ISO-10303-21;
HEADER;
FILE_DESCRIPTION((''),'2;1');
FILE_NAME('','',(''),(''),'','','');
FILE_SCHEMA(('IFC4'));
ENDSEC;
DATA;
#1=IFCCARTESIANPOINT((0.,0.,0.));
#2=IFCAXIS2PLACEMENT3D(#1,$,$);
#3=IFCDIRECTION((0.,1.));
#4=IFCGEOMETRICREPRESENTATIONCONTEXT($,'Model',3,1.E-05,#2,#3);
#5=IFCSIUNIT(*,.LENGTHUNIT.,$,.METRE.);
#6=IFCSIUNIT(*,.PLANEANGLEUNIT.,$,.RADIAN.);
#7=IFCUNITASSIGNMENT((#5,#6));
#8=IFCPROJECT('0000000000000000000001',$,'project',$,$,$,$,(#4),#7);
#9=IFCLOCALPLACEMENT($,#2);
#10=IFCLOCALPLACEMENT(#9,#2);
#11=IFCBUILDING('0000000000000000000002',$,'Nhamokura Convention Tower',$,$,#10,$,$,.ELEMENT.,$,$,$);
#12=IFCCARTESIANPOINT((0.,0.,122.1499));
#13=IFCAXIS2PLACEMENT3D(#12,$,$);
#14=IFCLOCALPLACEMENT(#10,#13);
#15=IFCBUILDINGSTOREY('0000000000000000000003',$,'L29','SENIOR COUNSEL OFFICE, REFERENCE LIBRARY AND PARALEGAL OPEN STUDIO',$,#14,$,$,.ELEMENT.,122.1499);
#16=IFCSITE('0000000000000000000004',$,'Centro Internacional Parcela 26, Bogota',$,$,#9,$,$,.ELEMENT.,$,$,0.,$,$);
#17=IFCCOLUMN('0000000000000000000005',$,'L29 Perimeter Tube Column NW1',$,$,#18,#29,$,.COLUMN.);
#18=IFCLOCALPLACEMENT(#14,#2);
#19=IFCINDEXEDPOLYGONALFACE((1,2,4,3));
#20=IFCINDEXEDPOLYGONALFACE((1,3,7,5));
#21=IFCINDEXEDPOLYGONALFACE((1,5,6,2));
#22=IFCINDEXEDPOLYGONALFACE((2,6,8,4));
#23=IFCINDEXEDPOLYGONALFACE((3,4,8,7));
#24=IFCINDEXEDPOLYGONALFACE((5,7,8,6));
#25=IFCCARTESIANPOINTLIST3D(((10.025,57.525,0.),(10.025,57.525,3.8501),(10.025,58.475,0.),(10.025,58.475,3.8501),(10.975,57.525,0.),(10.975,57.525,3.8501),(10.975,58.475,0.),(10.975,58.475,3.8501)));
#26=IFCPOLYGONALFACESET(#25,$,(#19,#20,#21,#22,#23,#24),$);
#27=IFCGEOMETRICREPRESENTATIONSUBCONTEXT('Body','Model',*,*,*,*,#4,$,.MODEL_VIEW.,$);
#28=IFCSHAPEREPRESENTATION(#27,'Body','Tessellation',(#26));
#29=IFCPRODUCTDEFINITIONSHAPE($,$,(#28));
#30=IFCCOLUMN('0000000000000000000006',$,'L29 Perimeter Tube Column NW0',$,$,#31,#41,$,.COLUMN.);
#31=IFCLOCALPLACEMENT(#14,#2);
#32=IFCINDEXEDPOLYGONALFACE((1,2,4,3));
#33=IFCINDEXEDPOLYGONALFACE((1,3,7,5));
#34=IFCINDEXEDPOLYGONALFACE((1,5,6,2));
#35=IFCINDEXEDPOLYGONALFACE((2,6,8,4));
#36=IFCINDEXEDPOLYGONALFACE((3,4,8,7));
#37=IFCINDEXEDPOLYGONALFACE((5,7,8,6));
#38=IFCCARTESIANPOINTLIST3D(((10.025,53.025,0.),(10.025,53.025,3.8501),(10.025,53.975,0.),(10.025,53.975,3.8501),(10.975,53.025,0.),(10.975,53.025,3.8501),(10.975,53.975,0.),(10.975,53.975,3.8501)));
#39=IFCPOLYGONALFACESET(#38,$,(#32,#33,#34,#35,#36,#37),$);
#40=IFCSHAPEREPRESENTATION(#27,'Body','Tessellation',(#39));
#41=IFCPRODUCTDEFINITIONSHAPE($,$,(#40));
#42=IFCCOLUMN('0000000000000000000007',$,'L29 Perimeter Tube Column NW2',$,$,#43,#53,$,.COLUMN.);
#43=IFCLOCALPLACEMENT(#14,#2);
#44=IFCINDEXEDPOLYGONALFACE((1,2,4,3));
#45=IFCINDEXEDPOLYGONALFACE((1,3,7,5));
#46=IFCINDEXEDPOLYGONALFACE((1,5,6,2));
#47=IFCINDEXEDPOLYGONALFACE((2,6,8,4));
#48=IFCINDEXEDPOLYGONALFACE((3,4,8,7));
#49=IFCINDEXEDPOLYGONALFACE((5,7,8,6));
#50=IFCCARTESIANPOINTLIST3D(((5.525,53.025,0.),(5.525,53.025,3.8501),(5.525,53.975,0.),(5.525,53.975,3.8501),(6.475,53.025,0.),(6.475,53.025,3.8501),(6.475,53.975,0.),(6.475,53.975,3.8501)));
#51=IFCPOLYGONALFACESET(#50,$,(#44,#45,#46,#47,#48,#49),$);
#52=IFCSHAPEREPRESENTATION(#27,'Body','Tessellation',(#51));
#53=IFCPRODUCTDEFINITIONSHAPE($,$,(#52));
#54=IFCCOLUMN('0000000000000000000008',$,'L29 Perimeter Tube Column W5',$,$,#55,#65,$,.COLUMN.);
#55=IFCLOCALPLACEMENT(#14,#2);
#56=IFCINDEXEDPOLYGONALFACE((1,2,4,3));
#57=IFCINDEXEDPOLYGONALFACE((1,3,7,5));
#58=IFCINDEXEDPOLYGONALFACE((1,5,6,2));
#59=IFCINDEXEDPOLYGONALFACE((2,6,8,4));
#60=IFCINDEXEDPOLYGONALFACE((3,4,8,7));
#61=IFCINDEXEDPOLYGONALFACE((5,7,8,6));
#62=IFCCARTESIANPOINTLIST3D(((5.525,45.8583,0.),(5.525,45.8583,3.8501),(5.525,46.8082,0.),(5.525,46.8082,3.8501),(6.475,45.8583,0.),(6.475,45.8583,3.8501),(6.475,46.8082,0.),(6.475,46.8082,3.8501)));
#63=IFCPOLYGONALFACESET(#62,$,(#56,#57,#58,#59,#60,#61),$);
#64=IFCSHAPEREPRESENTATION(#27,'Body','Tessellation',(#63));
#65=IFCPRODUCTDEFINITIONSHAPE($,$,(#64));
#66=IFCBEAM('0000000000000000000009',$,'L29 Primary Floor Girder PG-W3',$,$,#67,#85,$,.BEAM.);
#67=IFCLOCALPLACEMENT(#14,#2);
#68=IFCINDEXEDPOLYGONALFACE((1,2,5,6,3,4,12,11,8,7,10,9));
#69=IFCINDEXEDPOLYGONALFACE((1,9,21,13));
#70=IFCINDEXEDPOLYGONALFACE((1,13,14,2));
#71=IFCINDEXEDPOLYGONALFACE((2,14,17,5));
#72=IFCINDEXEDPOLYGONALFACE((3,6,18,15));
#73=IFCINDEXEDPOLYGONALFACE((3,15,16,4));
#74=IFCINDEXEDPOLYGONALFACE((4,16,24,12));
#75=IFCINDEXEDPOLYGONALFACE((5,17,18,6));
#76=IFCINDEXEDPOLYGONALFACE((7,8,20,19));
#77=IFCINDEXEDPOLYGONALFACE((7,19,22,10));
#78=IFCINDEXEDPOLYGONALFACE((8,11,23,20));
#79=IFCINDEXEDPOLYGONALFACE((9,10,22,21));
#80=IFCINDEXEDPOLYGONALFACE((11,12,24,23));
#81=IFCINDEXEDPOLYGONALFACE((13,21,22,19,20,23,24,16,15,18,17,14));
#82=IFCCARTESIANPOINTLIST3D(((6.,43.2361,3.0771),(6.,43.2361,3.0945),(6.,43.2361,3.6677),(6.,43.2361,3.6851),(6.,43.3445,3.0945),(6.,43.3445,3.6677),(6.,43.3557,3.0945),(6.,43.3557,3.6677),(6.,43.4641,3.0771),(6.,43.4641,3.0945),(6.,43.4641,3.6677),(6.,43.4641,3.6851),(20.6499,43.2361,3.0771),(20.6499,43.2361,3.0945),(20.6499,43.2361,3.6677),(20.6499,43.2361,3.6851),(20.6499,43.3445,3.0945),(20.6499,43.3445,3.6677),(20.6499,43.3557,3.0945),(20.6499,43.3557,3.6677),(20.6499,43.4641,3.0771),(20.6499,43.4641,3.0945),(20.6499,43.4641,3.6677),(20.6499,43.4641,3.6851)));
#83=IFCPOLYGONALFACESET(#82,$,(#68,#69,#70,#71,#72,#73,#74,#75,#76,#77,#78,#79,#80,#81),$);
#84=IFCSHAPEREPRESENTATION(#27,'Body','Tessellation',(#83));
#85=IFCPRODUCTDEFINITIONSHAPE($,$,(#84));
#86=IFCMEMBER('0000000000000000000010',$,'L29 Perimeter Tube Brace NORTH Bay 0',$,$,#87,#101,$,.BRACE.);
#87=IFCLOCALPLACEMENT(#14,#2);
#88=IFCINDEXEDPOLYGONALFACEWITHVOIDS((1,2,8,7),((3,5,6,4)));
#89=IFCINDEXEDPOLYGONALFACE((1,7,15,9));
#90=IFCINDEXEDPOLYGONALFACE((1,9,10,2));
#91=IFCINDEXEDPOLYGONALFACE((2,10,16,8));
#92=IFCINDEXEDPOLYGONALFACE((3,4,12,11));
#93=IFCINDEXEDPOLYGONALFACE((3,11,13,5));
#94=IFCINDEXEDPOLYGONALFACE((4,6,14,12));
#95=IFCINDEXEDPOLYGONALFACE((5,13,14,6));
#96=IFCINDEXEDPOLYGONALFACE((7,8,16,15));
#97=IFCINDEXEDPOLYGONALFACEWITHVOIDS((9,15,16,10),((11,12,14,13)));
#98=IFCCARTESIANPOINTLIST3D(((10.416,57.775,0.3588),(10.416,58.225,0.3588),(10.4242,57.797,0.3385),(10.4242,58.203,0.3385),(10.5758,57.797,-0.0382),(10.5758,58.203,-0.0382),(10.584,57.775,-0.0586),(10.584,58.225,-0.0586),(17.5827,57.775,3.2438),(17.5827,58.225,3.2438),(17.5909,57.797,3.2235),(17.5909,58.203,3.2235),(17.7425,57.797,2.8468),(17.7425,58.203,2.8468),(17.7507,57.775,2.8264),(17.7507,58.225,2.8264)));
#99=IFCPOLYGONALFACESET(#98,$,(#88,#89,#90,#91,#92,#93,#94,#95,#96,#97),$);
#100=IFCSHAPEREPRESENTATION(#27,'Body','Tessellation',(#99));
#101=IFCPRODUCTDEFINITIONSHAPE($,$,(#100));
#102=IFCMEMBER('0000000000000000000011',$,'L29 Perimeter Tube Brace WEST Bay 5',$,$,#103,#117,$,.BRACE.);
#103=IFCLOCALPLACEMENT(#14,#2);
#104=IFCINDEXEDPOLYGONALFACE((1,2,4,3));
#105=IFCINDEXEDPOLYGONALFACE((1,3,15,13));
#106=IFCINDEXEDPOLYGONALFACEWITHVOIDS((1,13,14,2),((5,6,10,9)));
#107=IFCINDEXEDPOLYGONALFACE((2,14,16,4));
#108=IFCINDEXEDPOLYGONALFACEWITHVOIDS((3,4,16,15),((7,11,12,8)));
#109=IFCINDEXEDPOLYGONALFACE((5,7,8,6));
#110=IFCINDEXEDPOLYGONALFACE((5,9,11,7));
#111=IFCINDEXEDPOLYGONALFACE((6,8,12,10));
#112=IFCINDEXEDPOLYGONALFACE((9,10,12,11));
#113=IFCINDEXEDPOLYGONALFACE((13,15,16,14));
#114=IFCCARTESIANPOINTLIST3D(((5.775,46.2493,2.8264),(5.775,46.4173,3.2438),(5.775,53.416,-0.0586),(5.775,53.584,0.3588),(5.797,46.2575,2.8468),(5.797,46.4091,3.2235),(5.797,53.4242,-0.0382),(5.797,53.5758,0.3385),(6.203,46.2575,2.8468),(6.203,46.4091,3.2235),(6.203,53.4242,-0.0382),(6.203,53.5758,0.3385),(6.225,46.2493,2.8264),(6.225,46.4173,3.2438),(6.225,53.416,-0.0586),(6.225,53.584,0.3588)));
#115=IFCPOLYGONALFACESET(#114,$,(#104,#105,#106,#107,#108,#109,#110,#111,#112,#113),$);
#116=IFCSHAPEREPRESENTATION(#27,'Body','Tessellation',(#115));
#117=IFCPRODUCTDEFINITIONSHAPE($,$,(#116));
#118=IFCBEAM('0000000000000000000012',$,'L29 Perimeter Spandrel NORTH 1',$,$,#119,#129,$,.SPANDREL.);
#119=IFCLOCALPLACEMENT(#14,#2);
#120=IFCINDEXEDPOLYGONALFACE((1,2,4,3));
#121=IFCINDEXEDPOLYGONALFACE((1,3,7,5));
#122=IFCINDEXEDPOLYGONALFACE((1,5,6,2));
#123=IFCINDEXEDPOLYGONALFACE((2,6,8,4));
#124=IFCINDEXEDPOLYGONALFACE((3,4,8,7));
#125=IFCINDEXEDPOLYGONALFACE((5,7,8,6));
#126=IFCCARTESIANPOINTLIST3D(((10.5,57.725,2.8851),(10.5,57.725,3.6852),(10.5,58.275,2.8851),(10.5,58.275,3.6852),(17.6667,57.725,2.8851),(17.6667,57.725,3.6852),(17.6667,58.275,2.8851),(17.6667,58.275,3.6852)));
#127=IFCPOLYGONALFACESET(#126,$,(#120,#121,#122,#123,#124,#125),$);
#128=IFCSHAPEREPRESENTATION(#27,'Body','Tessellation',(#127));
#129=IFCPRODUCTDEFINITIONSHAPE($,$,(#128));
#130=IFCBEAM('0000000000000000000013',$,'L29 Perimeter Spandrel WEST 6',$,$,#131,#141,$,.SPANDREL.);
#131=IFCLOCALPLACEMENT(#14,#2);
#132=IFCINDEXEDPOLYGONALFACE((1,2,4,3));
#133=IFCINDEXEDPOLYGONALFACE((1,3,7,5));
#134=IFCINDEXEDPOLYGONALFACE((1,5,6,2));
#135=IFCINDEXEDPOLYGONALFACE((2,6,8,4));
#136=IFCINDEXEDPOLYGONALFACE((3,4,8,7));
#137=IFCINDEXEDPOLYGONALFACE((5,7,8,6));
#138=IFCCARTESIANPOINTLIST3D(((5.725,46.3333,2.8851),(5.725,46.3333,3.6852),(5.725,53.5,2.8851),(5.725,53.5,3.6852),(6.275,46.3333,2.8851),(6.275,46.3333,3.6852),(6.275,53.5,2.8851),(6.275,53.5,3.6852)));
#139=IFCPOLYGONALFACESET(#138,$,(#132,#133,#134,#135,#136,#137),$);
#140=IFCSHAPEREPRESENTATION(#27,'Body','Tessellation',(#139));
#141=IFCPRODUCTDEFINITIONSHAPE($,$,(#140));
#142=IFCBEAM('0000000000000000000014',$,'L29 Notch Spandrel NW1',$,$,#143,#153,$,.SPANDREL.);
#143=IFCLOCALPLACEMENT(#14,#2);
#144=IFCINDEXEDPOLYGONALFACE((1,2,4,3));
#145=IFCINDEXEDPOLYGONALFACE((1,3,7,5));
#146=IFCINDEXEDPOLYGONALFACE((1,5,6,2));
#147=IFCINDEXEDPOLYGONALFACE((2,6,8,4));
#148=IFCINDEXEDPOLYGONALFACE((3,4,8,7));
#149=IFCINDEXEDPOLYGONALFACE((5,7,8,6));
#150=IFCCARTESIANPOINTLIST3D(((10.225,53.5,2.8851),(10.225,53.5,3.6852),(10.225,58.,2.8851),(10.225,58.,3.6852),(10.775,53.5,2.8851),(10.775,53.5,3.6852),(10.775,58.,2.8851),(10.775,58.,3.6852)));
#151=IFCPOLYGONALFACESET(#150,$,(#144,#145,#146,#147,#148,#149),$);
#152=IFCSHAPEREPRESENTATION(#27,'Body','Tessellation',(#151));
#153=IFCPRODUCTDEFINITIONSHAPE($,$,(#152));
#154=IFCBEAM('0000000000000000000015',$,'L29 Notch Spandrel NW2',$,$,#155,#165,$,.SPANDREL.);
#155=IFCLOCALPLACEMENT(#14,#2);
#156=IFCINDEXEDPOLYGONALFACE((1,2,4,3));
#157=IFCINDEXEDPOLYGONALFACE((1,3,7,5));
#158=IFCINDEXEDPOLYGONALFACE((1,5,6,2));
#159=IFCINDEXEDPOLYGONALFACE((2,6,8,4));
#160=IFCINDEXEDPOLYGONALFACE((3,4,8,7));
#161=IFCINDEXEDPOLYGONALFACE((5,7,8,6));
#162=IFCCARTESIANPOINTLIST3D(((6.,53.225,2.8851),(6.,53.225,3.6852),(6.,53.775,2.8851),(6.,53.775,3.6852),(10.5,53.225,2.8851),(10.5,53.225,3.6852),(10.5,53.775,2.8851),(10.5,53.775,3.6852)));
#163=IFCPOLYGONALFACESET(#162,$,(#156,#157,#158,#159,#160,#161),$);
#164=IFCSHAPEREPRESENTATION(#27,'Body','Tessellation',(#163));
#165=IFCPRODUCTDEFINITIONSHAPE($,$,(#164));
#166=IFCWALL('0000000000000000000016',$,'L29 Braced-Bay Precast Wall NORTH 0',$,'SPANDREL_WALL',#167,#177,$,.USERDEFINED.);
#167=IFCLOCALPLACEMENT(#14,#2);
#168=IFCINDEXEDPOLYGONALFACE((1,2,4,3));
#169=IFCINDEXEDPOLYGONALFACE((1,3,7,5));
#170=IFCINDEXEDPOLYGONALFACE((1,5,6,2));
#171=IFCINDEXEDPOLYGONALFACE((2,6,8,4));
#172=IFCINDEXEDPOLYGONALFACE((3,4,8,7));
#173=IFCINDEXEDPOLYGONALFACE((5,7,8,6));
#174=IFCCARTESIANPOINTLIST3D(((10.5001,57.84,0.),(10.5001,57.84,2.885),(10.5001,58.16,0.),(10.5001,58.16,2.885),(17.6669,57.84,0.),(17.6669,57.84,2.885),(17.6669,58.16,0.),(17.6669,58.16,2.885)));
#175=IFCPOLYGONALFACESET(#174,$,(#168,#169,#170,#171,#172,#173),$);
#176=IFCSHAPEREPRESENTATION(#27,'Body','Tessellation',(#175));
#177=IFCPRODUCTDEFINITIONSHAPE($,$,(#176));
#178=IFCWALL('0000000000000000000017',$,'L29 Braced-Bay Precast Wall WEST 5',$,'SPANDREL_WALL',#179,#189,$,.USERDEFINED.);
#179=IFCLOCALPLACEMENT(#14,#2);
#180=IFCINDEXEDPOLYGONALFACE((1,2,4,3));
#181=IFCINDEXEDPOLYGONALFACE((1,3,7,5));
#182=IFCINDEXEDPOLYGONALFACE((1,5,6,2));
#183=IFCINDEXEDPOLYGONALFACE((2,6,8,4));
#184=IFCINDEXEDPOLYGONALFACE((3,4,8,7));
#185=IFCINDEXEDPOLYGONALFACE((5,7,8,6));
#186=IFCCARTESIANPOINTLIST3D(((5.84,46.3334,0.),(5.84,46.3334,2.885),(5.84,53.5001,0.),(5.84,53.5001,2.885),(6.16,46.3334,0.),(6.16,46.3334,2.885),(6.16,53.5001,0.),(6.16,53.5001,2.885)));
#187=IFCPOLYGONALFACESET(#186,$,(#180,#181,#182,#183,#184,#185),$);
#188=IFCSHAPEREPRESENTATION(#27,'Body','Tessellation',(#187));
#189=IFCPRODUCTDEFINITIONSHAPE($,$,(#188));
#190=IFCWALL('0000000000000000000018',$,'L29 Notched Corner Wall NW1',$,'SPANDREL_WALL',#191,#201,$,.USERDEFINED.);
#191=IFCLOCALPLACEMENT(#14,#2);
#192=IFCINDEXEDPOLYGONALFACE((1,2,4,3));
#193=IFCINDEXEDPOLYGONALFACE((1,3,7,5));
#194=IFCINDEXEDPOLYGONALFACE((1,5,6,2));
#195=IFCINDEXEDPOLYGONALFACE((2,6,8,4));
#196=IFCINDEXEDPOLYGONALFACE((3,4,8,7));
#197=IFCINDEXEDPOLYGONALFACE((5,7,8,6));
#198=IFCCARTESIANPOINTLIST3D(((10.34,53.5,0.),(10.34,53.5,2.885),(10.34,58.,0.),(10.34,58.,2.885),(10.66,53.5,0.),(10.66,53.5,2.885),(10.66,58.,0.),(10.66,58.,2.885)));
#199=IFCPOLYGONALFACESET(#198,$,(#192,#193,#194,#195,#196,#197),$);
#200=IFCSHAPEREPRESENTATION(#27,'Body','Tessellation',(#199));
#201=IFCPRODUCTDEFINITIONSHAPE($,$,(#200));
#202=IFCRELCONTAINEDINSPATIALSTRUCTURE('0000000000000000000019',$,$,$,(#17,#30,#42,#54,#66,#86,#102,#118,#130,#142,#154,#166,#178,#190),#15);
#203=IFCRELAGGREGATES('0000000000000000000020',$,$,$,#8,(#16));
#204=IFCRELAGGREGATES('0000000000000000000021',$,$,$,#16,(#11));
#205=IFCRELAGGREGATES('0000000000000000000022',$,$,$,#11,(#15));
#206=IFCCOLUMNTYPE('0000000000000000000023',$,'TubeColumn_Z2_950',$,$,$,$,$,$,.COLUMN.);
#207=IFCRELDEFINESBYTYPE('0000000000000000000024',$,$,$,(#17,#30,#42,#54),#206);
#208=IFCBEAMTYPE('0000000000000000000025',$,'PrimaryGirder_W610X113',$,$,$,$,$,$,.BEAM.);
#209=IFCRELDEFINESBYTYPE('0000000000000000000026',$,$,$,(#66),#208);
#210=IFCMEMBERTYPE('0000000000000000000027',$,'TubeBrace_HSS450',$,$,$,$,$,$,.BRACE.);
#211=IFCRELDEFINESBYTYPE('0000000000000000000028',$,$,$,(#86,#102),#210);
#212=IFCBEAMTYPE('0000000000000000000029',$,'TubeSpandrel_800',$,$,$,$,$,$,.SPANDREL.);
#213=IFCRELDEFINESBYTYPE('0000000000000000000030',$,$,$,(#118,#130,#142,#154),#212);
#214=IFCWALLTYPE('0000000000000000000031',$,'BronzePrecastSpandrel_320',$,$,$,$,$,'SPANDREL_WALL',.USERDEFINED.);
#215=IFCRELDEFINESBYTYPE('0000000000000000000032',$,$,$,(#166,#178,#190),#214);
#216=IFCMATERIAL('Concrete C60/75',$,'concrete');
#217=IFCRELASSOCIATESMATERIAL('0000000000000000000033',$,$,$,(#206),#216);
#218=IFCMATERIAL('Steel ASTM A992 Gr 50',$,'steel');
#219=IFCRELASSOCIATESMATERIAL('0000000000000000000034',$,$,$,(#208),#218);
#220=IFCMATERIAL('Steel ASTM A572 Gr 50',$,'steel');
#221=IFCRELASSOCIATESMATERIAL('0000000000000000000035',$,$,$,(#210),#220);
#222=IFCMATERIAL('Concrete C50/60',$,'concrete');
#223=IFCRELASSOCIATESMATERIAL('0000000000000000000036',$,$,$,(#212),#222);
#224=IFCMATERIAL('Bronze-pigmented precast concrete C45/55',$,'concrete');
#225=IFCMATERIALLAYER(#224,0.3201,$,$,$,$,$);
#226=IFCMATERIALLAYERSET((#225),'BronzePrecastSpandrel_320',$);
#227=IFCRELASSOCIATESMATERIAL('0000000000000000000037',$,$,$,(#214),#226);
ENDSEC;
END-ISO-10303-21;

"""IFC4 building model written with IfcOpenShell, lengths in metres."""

from ifc_helpers import new_model, si_unit, direction, frame, frame_2d, origin, origin_2d, place, context, subcontext, project, spatial, rectangle, hollow_rectangle, i_section, extrude, material, layer, layer_set, material_profile, profile_set, type_object, element, save


model = new_model("IFC4")

# Units and contexts
model_context = context("Model", 3, precision=1e-05, world=origin(), true_north=direction((0.0, 1.0)))
body_context = subcontext(model_context, "Body", "Model", "MODEL_VIEW")
ifc_project = project(units=[si_unit("LENGTHUNIT", "METRE"), si_unit("PLANEANGLEUNIT", "RADIAN")], contexts=[model_context])

# Site, building, storey
site_placement = place(None, origin())
site = spatial("IfcSite", under=ifc_project, at=site_placement, Name="Centro Internacional Parcela 26, Bogota", CompositionType="ELEMENT", RefElevation=0.0)
building_placement = place(site_placement, origin())
building = spatial("IfcBuilding", under=site, at=building_placement, Name="Nhamokura Convention Tower", CompositionType="ELEMENT")
storey_placement = place(building_placement, frame((0.0, 0.0, 122.1499)))
storey = spatial("IfcBuildingStorey", under=building, at=storey_placement, Name="L29", Description="SENIOR COUNSEL OFFICE, REFERENCE LIBRARY AND PARALEGAL OPEN STUDIO", CompositionType="ELEMENT", Elevation=122.1499)

# Columns
ifc_material_1 = material(Name="Concrete C60/75", Category="concrete")
ifc_material_profile_1 = material_profile(ifc_material_1, rectangle(XDim=0.95, YDim=0.95, at=origin_2d()))
ifc_profile_set_1 = profile_set([ifc_material_profile_1], Name="Concrete C60/75")
column_type = type_object("IfcColumnType", Name="TubeColumn_Z2_950", PredefinedType="COLUMN", material=ifc_profile_set_1)
for number, where, z_axis, x_axis, name in (
    (1, (10.5, 58.0, 0.0), (0.0, 0.0, 1.0), (1.0, 0.0, 0.0), "L29 Perimeter Tube Column NW1"),
    (2, (10.5, 53.5, 0.0), (0.0, 0.0, 1.0), (1.0, 0.0, 0.0), "L29 Perimeter Tube Column NW0"),
    (3, (6.0, 53.5, 0.0), (0.0, 0.0, 1.0), (1.0, 0.0, 0.0), "L29 Perimeter Tube Column NW2"),
    (4, (6.0, 46.3333, 0.0), (0.0, 0.0, 1.0), (1.0, 0.0, 0.0), "L29 Perimeter Tube Column W5"),
):
    element("IfcColumn", number, at=place(storey_placement, frame(where, z_axis=z_axis, x_axis=x_axis)), inside=storey, type_object=column_type, Name=name, PredefinedType="COLUMN", context=body_context, shape_type="SweptSolid", body=[
        extrude(rectangle(XDim=0.95, YDim=0.95, at=origin_2d()), origin(), (0.0, 0.0, 1.0), 3.8501),
    ])

# Beam
ifc_material_2 = material(Name="Steel ASTM A992 Gr 50", Category="steel")
ifc_material_profile_2 = material_profile(ifc_material_2, i_section(OverallWidth=0.228, OverallDepth=0.6079, WebThickness=0.0112, FlangeThickness=0.0173, at=origin_2d()))
ifc_profile_set_2 = profile_set([ifc_material_profile_2], Name="Steel ASTM A992 Gr 50")
beam_type_1 = type_object("IfcBeamType", Name="PrimaryGirder_W610X113", PredefinedType="BEAM", material=ifc_profile_set_2)
beam_placement = place(storey_placement, frame((6.0, 43.3501, 3.3811), z_axis=(1.0, 0.0, 0.0), x_axis=(0.0, 1.0, 0.0)))
element("IfcBeam", 5, at=beam_placement, inside=storey, type_object=beam_type_1, Name="L29 Primary Floor Girder PG-W3", PredefinedType="BEAM", context=body_context, shape_type="SweptSolid", body=[
    extrude(i_section(OverallWidth=0.228, OverallDepth=0.6079, WebThickness=0.0112, FlangeThickness=0.0173, at=origin_2d()), origin(), (0.0, 0.0, 1.0), 14.6499),
])

# Members
ifc_material_3 = material(Name="Steel ASTM A572 Gr 50", Category="steel")
ifc_material_profile_3 = material_profile(ifc_material_3, hollow_rectangle(XDim=0.45, YDim=0.45, WallThickness=0.022, at=origin_2d()))
ifc_profile_set_3 = profile_set([ifc_material_profile_3], Name="Steel ASTM A572 Gr 50")
member_type = type_object("IfcMemberType", Name="TubeBrace_HSS450", PredefinedType="BRACE", material=ifc_profile_set_3)
for number, where, z_axis, x_axis, name in (
    (6, (10.5, 58.0, 0.1501), (0.927657, 0.0, 0.373433), (0.0, 1.0, 0.0), "L29 Perimeter Tube Brace NORTH Bay 0"),
    (7, (6.0, 53.5, 0.1501), (0.0, -0.927657, 0.373433), (1.0, 0.0, 0.0), "L29 Perimeter Tube Brace WEST Bay 5"),
):
    element("IfcMember", number, at=place(storey_placement, frame(where, z_axis=z_axis, x_axis=x_axis)), inside=storey, type_object=member_type, Name=name, PredefinedType="BRACE", context=body_context, shape_type="SweptSolid", body=[
        extrude(hollow_rectangle(XDim=0.45, YDim=0.45, WallThickness=0.022, at=origin_2d()), origin(), (0.0, 0.0, 1.0), 7.7256),
    ])

# Beams
ifc_material_4 = material(Name="Concrete C50/60", Category="concrete")
ifc_material_profile_4 = material_profile(ifc_material_4, rectangle(XDim=0.55, YDim=0.8, at=origin_2d()))
ifc_profile_set_4 = profile_set([ifc_material_profile_4], Name="Concrete C50/60")
beam_type_2 = type_object("IfcBeamType", Name="TubeSpandrel_800", PredefinedType="SPANDREL", material=ifc_profile_set_4)
for number, where, z_axis, x_axis, name in (
    (8, (10.5, 58.0, 3.2852), (1.0, 0.0, 0.0), (0.0, 1.0, 0.0), "L29 Perimeter Spandrel NORTH 1"),
    (9, (6.0, 46.3333, 3.2852), (0.0, 1.0, 0.0), (-1.0, 0.0, 0.0), "L29 Perimeter Spandrel WEST 6"),
):
    element("IfcBeam", number, at=place(storey_placement, frame(where, z_axis=z_axis, x_axis=x_axis)), inside=storey, type_object=beam_type_2, Name=name, PredefinedType="SPANDREL", context=body_context, shape_type="SweptSolid", body=[
        extrude(rectangle(XDim=0.55, YDim=0.8, at=origin_2d()), origin(), (0.0, 0.0, 1.0), 7.1667),
    ])
for number, where, z_axis, x_axis, name in (
    (10, (10.5, 58.0, 3.2852), (0.0, -1.0, 0.0), (1.0, 0.0, 0.0), "L29 Notch Spandrel NW1"),
    (11, (10.5, 53.5, 3.2852), (-1.0, 0.0, 0.0), (0.0, -1.0, 0.0), "L29 Notch Spandrel NW2"),
):
    element("IfcBeam", number, at=place(storey_placement, frame(where, z_axis=z_axis, x_axis=x_axis)), inside=storey, type_object=beam_type_2, Name=name, PredefinedType="SPANDREL", context=body_context, shape_type="SweptSolid", body=[
        extrude(rectangle(XDim=0.55, YDim=0.8, at=origin_2d()), origin(), (0.0, 0.0, 1.0), 4.5),
    ])

# Walls
ifc_material_5 = material(Name="Bronze-pigmented precast concrete C45/55", Category="concrete")
ifc_layer_1 = layer(ifc_material_5, 0.3201)
ifc_layer_set_1 = layer_set([ifc_layer_1], Name="BronzePrecastSpandrel_320")
wall_type_1 = type_object("IfcWallType", Name="BronzePrecastSpandrel_320", ElementType="SPANDREL_WALL", PredefinedType="USERDEFINED", material=ifc_layer_set_1)
for number, where, z_axis, x_axis, name in (
    (12, (10.5, 58.0, 0.0), (0.0, 0.0, 1.0), (1.0, 0.0, 0.0), "L29 Braced-Bay Precast Wall NORTH 0"),
    (13, (6.0, 46.3333, 0.0), (0.0, 0.0, 1.0), (0.0, 1.0, 0.0), "L29 Braced-Bay Precast Wall WEST 5"),
):
    element("IfcWall", number, at=place(storey_placement, frame(where, z_axis=z_axis, x_axis=x_axis)), inside=storey, type_object=wall_type_1, Name=name, ObjectType="SPANDREL_WALL", PredefinedType="USERDEFINED", context=body_context, shape_type="SweptSolid", body=[
        extrude(rectangle(XDim=7.1667, YDim=0.3201, at=frame_2d((3.5835, 0.0))), origin(), (0.0, 0.0, 1.0), 2.885),
    ])
for number, where, z_axis, x_axis, name in (
    (14, (10.5, 53.5, 0.0), (0.0, 0.0, 1.0), (0.0, 1.0, 0.0), "L29 Notched Corner Wall NW1"),
):
    element("IfcWall", number, at=place(storey_placement, frame(where, z_axis=z_axis, x_axis=x_axis)), inside=storey, type_object=wall_type_1, Name=name, ObjectType="SPANDREL_WALL", PredefinedType="USERDEFINED", context=body_context, shape_type="SweptSolid", body=[
        extrude(rectangle(XDim=4.5, YDim=0.3201, at=frame_2d((2.25, 0.0))), origin(), (0.0, 0.0, 1.0), 2.885),
    ])

save(model, "model.ifc")
